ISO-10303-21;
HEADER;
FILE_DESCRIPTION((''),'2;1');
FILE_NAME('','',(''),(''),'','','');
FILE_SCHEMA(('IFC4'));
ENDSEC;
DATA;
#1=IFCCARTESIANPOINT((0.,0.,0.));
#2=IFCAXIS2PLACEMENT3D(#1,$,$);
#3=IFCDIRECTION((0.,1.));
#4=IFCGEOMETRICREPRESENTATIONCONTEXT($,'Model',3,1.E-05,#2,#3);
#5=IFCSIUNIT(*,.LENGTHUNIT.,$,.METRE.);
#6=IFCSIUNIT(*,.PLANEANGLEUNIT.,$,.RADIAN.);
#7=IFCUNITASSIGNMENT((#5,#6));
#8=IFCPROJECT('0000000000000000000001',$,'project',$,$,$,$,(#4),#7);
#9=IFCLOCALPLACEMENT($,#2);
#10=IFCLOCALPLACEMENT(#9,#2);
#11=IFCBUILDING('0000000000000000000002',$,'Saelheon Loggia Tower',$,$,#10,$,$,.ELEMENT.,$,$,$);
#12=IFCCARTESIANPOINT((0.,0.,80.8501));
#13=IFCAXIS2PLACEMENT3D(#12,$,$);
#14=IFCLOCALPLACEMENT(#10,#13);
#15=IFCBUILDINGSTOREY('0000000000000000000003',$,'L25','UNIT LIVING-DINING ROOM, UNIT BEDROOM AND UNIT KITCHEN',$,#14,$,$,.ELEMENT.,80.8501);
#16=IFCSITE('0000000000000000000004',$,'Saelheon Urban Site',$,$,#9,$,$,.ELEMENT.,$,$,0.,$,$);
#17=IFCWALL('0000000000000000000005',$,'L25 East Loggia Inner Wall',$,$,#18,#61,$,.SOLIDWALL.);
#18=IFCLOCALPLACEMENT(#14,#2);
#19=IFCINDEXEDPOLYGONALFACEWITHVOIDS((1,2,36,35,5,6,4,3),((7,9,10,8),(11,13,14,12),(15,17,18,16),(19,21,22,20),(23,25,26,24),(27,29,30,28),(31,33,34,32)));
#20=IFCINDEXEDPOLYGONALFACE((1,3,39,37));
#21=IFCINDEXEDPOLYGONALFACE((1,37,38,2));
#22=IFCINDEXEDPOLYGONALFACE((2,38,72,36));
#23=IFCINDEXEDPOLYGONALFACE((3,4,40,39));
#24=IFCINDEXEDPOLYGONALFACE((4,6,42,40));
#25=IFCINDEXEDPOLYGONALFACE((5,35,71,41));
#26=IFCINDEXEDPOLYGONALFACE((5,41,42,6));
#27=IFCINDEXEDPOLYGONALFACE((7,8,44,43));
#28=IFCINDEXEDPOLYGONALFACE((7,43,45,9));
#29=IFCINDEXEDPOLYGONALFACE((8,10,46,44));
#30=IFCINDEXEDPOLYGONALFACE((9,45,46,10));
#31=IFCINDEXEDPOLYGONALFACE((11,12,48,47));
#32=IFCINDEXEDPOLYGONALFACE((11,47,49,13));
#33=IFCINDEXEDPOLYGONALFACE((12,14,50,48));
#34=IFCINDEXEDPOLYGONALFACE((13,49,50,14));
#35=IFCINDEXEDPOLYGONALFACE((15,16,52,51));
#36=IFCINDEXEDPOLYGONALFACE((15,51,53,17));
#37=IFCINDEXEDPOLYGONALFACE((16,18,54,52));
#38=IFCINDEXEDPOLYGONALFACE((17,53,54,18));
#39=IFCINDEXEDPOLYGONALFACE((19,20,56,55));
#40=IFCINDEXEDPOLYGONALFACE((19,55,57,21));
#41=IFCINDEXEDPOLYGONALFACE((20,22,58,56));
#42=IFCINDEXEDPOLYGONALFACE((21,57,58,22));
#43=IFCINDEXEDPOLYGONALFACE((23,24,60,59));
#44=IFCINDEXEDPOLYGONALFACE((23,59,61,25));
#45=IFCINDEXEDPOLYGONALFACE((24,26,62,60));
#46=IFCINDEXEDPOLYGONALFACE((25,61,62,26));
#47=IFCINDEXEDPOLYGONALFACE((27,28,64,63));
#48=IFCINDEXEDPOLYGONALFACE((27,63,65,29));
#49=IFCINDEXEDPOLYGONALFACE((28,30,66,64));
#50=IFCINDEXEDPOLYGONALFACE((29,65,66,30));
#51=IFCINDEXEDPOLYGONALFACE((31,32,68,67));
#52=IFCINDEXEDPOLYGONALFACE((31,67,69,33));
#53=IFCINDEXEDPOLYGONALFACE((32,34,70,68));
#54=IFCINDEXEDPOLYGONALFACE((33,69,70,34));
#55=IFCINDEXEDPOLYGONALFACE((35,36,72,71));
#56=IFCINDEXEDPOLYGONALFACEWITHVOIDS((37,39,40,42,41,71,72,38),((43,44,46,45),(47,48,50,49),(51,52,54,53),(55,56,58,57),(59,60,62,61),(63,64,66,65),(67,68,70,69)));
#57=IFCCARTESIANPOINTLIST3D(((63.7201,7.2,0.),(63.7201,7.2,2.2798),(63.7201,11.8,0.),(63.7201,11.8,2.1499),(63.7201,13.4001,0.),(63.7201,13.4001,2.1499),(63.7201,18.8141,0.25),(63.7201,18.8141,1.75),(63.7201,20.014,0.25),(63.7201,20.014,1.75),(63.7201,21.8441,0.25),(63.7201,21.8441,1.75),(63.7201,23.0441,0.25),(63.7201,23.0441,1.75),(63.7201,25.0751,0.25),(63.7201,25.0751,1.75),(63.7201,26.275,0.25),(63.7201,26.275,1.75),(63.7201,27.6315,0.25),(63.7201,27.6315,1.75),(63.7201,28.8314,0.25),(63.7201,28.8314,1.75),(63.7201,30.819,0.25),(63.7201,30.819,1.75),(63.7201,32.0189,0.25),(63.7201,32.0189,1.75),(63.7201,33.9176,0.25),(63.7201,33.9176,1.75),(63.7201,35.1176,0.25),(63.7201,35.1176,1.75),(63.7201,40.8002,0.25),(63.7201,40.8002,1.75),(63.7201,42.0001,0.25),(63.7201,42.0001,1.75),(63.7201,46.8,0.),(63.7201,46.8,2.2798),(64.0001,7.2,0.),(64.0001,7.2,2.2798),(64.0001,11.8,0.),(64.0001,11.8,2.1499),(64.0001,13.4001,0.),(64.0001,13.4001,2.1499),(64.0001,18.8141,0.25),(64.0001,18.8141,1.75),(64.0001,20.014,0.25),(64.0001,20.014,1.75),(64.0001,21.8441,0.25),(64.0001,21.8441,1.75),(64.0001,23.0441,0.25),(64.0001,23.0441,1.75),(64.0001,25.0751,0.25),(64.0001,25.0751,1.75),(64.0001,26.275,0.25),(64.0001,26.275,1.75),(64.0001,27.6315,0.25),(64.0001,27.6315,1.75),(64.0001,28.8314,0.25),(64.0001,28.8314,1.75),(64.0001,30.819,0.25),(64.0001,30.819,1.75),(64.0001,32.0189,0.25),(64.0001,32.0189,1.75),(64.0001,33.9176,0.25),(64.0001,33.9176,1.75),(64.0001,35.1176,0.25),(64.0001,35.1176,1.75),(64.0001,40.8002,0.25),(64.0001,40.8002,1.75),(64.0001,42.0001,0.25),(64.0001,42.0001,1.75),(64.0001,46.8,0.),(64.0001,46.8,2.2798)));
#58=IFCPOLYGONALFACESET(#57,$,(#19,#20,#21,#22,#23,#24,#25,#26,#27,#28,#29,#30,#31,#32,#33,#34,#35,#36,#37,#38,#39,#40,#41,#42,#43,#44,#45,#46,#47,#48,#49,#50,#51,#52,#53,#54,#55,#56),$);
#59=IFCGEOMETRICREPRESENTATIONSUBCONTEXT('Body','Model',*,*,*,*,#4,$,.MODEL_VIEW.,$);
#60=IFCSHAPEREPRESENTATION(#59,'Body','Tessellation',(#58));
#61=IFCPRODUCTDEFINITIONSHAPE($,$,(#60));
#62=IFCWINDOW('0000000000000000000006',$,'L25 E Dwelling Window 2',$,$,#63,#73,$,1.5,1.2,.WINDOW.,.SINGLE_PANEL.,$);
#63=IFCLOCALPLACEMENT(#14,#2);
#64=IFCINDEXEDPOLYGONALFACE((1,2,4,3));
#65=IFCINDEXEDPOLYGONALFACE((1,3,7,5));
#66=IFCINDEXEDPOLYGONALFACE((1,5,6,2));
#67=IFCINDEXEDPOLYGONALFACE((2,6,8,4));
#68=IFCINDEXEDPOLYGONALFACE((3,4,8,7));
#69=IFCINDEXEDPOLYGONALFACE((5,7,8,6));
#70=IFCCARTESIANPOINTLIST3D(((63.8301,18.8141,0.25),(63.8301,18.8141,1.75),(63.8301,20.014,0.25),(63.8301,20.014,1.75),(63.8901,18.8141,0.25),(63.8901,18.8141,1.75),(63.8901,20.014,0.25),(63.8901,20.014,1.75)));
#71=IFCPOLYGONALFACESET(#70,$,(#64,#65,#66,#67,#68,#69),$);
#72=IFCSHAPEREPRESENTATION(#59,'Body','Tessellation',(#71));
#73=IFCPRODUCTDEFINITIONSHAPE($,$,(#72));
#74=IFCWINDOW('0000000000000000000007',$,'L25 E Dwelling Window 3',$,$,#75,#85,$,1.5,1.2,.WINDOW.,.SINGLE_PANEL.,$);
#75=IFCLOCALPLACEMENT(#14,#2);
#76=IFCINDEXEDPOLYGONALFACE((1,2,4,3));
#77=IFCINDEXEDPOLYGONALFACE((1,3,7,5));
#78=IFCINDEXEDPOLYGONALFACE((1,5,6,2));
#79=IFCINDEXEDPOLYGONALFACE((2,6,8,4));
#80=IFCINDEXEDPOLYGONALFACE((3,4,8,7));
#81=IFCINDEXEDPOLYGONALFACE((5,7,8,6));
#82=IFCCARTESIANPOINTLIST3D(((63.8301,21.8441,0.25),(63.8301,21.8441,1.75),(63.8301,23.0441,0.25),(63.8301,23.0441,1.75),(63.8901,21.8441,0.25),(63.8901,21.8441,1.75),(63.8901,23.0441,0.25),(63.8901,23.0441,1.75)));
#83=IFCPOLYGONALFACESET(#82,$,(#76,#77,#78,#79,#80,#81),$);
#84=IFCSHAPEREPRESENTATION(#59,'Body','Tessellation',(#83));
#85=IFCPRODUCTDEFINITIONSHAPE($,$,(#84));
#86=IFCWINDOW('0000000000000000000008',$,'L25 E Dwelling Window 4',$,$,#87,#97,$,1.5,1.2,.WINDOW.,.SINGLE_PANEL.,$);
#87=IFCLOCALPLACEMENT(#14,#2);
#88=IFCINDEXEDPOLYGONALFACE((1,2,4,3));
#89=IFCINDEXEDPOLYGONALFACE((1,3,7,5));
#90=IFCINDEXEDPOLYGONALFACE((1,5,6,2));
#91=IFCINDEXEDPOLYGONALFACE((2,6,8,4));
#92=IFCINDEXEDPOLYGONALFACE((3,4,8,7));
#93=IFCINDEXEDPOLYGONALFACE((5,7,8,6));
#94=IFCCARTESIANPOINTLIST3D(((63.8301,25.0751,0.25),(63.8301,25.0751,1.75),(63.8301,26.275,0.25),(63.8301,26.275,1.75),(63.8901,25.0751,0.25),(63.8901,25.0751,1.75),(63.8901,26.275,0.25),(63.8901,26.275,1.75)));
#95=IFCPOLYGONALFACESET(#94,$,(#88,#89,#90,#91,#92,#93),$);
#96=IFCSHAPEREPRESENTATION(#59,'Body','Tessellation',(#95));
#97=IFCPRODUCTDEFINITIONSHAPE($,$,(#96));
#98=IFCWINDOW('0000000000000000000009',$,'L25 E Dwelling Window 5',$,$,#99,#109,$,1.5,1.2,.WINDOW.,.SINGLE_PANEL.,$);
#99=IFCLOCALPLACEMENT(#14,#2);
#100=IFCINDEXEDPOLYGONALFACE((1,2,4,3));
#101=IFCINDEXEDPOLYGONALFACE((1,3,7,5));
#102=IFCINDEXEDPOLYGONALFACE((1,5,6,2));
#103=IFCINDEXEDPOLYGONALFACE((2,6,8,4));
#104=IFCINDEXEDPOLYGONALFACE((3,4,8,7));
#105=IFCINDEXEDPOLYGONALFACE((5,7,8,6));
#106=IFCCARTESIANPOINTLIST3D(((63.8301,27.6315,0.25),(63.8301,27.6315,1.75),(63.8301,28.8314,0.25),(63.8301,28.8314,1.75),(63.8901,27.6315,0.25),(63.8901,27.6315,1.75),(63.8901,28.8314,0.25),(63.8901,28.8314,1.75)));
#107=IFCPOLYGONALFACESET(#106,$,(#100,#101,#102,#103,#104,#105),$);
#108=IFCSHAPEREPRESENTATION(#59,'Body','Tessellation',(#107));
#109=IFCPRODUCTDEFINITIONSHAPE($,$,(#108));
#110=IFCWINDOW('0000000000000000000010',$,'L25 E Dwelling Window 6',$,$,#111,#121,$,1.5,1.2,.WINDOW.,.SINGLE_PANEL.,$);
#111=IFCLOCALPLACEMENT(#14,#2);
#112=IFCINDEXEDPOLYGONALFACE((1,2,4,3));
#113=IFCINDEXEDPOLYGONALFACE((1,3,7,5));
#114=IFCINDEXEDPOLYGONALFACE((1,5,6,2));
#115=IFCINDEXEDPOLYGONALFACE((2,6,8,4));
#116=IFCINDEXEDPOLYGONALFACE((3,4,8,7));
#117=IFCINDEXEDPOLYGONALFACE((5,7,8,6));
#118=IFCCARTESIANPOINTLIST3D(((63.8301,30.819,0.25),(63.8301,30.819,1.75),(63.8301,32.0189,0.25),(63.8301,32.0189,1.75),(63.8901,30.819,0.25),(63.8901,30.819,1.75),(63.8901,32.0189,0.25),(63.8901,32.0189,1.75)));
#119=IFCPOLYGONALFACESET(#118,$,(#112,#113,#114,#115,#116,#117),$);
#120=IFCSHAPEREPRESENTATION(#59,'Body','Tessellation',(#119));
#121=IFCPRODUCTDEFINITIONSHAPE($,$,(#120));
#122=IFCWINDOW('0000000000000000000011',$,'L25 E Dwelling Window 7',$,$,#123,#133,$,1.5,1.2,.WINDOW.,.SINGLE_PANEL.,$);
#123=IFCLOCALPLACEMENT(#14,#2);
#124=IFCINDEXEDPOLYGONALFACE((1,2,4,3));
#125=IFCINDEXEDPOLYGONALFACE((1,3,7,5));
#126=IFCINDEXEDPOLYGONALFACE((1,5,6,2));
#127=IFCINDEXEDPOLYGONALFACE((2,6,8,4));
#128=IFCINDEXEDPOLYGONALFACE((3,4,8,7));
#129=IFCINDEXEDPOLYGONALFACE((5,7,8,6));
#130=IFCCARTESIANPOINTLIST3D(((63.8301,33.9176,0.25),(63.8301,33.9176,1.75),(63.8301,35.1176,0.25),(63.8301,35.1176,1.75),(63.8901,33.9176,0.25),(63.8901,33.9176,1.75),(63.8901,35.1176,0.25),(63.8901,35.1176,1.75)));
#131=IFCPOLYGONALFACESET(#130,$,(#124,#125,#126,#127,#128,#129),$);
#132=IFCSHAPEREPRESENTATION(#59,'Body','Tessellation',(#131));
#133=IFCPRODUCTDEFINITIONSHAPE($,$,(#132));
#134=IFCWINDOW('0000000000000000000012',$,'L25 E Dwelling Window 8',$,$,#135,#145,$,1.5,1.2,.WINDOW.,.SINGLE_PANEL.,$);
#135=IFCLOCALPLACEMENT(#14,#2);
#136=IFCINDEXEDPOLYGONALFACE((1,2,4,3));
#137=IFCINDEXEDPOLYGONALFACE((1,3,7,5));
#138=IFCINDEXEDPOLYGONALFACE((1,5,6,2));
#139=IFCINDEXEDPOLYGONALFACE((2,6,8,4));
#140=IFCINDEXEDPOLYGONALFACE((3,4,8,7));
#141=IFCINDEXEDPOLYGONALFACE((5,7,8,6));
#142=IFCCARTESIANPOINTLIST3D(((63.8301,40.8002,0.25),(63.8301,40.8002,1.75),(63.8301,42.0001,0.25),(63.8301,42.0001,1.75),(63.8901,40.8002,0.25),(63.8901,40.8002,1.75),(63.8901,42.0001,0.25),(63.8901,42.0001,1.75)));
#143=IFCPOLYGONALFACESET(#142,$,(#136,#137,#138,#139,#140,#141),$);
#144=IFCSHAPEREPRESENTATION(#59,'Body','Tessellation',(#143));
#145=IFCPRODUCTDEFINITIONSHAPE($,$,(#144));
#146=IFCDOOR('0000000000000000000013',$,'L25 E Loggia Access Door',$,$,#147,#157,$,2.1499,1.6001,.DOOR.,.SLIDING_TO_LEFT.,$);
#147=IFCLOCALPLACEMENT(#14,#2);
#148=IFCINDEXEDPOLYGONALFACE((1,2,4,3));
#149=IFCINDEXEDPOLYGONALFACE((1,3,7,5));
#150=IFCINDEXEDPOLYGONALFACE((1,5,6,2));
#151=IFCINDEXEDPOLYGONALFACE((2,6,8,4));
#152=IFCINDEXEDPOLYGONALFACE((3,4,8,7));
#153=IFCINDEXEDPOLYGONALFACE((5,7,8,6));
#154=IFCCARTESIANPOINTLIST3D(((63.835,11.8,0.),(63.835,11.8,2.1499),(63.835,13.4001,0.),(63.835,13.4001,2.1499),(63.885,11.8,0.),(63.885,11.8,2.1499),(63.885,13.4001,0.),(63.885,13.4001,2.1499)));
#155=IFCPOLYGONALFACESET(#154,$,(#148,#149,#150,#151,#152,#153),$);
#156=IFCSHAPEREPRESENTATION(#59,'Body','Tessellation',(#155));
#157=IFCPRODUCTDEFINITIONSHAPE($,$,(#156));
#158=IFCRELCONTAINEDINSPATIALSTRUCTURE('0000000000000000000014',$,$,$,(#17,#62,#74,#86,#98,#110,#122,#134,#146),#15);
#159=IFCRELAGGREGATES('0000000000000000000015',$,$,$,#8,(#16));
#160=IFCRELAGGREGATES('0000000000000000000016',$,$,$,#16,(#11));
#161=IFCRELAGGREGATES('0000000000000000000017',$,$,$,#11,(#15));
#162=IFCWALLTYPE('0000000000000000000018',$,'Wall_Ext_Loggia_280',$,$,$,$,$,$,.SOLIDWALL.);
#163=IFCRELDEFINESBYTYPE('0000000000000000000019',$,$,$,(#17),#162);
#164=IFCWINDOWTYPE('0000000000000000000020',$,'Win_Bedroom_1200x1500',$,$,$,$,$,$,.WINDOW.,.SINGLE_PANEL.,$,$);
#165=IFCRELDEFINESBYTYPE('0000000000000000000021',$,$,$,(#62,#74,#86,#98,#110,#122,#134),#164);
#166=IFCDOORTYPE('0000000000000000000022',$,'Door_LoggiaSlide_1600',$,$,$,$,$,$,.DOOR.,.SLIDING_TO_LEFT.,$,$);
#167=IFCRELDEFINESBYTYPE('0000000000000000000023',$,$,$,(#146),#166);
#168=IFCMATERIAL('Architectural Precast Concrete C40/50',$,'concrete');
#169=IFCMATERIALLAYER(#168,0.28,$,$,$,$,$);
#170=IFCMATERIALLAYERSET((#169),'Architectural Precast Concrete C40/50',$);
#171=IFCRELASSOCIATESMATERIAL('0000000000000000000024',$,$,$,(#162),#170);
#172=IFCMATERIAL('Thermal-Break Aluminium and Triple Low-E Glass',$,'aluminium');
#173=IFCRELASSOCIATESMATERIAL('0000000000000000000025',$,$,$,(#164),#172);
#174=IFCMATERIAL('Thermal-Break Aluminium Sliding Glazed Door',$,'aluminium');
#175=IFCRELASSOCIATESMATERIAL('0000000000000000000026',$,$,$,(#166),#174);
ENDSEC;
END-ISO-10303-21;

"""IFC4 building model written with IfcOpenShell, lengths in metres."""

from ifc_helpers import new_model, si_unit, direction, frame, frame_2d, origin, place, context, subcontext, project, spatial, rectangle, extrude, source, transform, mapped, material, layer, layer_set, type_object, element, fill, save


model = new_model("IFC4")

# Units and contexts
model_context = context("Model", 3, precision=1e-05, world=origin(), true_north=direction((0.0, 1.0)))
body_context = subcontext(model_context, "Body", "Model", "MODEL_VIEW")
ifc_project = project(units=[si_unit("LENGTHUNIT", "METRE"), si_unit("PLANEANGLEUNIT", "RADIAN")], contexts=[model_context])

# Site, building, storey
site_placement = place(None, origin())
site = spatial("IfcSite", under=ifc_project, at=site_placement, Name="Saelheon Urban Site", CompositionType="ELEMENT", RefElevation=0.0)
building_placement = place(site_placement, origin())
building = spatial("IfcBuilding", under=site, at=building_placement, Name="Saelheon Loggia Tower", CompositionType="ELEMENT")
storey_placement = place(building_placement, frame((0.0, 0.0, 80.8501)))
storey = spatial("IfcBuildingStorey", under=building, at=storey_placement, Name="L25", Description="UNIT LIVING-DINING ROOM, UNIT BEDROOM AND UNIT KITCHEN", CompositionType="ELEMENT", Elevation=80.8501)

# Shared definitions
ifc_material_1 = material(Name="Thermal-Break Aluminium and Triple Low-E Glass", Category="aluminium")

# Wall, openings, windows, door
ifc_material_2 = material(Name="Architectural Precast Concrete C40/50", Category="concrete")
ifc_layer_1 = layer(ifc_material_2, 0.28)
ifc_layer_set_1 = layer_set([ifc_layer_1], Name="Architectural Precast Concrete C40/50")
wall_type_1 = type_object("IfcWallType", Name="Wall_Ext_Loggia_280", PredefinedType="SOLIDWALL", material=ifc_layer_set_1)
wall_1_placement = place(storey_placement, frame((63.8601, 7.2, 0.0), z_axis=(0.0, 0.0, 1.0), x_axis=(0.0, 1.0, 0.0)))
wall_1 = element("IfcWall", 1, at=wall_1_placement, inside=storey, type_object=wall_type_1, Name="L25 East Loggia Inner Wall", PredefinedType="SOLIDWALL", context=body_context, shape_type="SweptSolid", body=[
    extrude(rectangle(XDim=39.6001, YDim=0.28, at=frame_2d((19.8, 0.0))), origin(), (0.0, 0.0, 1.0), 2.2798),
])
opening_1_placement = place(wall_1_placement, frame((6.2002, 0.0, 0.0), z_axis=(0.0, 0.0, 1.0), x_axis=(-1.0, 0.0, 0.0)))
opening_1 = element("IfcOpeningElement", 2, at=opening_1_placement, cuts=wall_1, PredefinedType="OPENING", context=body_context, shape_type="SweptSolid", body=[
    extrude(rectangle(XDim=1.6001, YDim=2.1499, at=frame_2d((0.8, 1.075))), frame((0.0, 0.1521, 0.0), z_axis=(0.0, -1.0, 0.0), x_axis=(1.0, 0.0, 0.0)), (0.0, 0.0, 1.0), 0.304),
])
opening_2_placement = place(wall_1_placement, frame((11.614, 0.0, 0.25)))
opening_2 = element("IfcOpeningElement", 3, at=opening_2_placement, cuts=wall_1, PredefinedType="OPENING", context=body_context, shape_type="SweptSolid", body=[
    extrude(rectangle(XDim=1.2, YDim=1.5, at=frame_2d((0.6001, 0.75))), frame((0.0, 0.1521, 0.0), z_axis=(0.0, -1.0, 0.0), x_axis=(1.0, 0.0, 0.0)), (0.0, 0.0, 1.0), 0.304),
])
opening_3_placement = place(wall_1_placement, frame((14.644, 0.0, 0.25)))
opening_3 = element("IfcOpeningElement", 4, at=opening_3_placement, cuts=wall_1, PredefinedType="OPENING", context=body_context, shape_type="SweptSolid", body=[
    extrude(rectangle(XDim=1.2, YDim=1.5, at=frame_2d((0.6001, 0.75))), frame((0.0, 0.1521, 0.0), z_axis=(0.0, -1.0, 0.0), x_axis=(1.0, 0.0, 0.0)), (0.0, 0.0, 1.0), 0.304),
])
opening_4_placement = place(wall_1_placement, frame((17.875, 0.0, 0.25)))
opening_4 = element("IfcOpeningElement", 5, at=opening_4_placement, cuts=wall_1, PredefinedType="OPENING", context=body_context, shape_type="SweptSolid", body=[
    extrude(rectangle(XDim=1.2, YDim=1.5, at=frame_2d((0.6001, 0.75))), frame((0.0, 0.1521, 0.0), z_axis=(0.0, -1.0, 0.0), x_axis=(1.0, 0.0, 0.0)), (0.0, 0.0, 1.0), 0.304),
])
opening_5_placement = place(wall_1_placement, frame((20.4314, 0.0, 0.25)))
opening_5 = element("IfcOpeningElement", 6, at=opening_5_placement, cuts=wall_1, PredefinedType="OPENING", context=body_context, shape_type="SweptSolid", body=[
    extrude(rectangle(XDim=1.2, YDim=1.5, at=frame_2d((0.6001, 0.75))), frame((0.0, 0.1521, 0.0), z_axis=(0.0, -1.0, 0.0), x_axis=(1.0, 0.0, 0.0)), (0.0, 0.0, 1.0), 0.304),
])
opening_6_placement = place(wall_1_placement, frame((23.6189, 0.0, 0.25)))
opening_6 = element("IfcOpeningElement", 7, at=opening_6_placement, cuts=wall_1, PredefinedType="OPENING", context=body_context, shape_type="SweptSolid", body=[
    extrude(rectangle(XDim=1.2, YDim=1.5, at=frame_2d((0.6001, 0.75))), frame((0.0, 0.1521, 0.0), z_axis=(0.0, -1.0, 0.0), x_axis=(1.0, 0.0, 0.0)), (0.0, 0.0, 1.0), 0.304),
])
opening_7_placement = place(wall_1_placement, frame((26.7175, 0.0, 0.25)))
opening_7 = element("IfcOpeningElement", 8, at=opening_7_placement, cuts=wall_1, PredefinedType="OPENING", context=body_context, shape_type="SweptSolid", body=[
    extrude(rectangle(XDim=1.2, YDim=1.5, at=frame_2d((0.6001, 0.75))), frame((0.0, 0.1521, 0.0), z_axis=(0.0, -1.0, 0.0), x_axis=(1.0, 0.0, 0.0)), (0.0, 0.0, 1.0), 0.304),
])
opening_8_placement = place(wall_1_placement, frame((33.6001, 0.0, 0.25)))
opening_8 = element("IfcOpeningElement", 9, at=opening_8_placement, cuts=wall_1, PredefinedType="OPENING", context=body_context, shape_type="SweptSolid", body=[
    extrude(rectangle(XDim=1.2, YDim=1.5, at=frame_2d((0.6001, 0.75))), frame((0.0, 0.1521, 0.0), z_axis=(0.0, -1.0, 0.0), x_axis=(1.0, 0.0, 0.0)), (0.0, 0.0, 1.0), 0.304),
])
window_type = type_object("IfcWindowType", Name="Win_Bedroom_1200x1500", PartitioningType="SINGLE_PANEL", PredefinedType="WINDOW", material=ifc_material_1)
shared_shape_1 = source(origin(), body_context, "Body", "SweptSolid", [
    extrude(rectangle(XDim=1.2, YDim=1.5, at=frame_2d((0.6001, 0.75))), frame((0.0, 0.03, 0.0), z_axis=(0.0, -1.0, 0.0), x_axis=(1.0, 0.0, 0.0)), (0.0, 0.0, 1.0), 0.0601),
])
window_1_placement = place(opening_2_placement, origin())
window_1 = element("IfcWindow", 10, at=window_1_placement, inside=storey, type_object=window_type, Name="L25 E Dwelling Window 2", OverallHeight=1.5, OverallWidth=1.2, PartitioningType="SINGLE_PANEL", PredefinedType="WINDOW", context=body_context, shape_type="MappedRepresentation", body=[
    mapped(shared_shape_1, transform((0.0, 0.0, 0.0), scale=1.0)),
])
fill(opening_2, window_1)
window_2_placement = place(opening_3_placement, origin())
window_2 = element("IfcWindow", 11, at=window_2_placement, inside=storey, type_object=window_type, Name="L25 E Dwelling Window 3", OverallHeight=1.5, OverallWidth=1.2, PartitioningType="SINGLE_PANEL", PredefinedType="WINDOW", context=body_context, shape_type="MappedRepresentation", body=[
    mapped(shared_shape_1, transform((0.0, 0.0, 0.0), scale=1.0)),
])
fill(opening_3, window_2)
window_3_placement = place(opening_4_placement, origin())
window_3 = element("IfcWindow", 12, at=window_3_placement, inside=storey, type_object=window_type, Name="L25 E Dwelling Window 4", OverallHeight=1.5, OverallWidth=1.2, PartitioningType="SINGLE_PANEL", PredefinedType="WINDOW", context=body_context, shape_type="MappedRepresentation", body=[
    mapped(shared_shape_1, transform((0.0, 0.0, 0.0), scale=1.0)),
])
fill(opening_4, window_3)
window_4_placement = place(opening_5_placement, origin())
window_4 = element("IfcWindow", 13, at=window_4_placement, inside=storey, type_object=window_type, Name="L25 E Dwelling Window 5", OverallHeight=1.5, OverallWidth=1.2, PartitioningType="SINGLE_PANEL", PredefinedType="WINDOW", context=body_context, shape_type="MappedRepresentation", body=[
    mapped(shared_shape_1, transform((0.0, 0.0, 0.0), scale=1.0)),
])
fill(opening_5, window_4)
window_5_placement = place(opening_6_placement, origin())
window_5 = element("IfcWindow", 14, at=window_5_placement, inside=storey, type_object=window_type, Name="L25 E Dwelling Window 6", OverallHeight=1.5, OverallWidth=1.2, PartitioningType="SINGLE_PANEL", PredefinedType="WINDOW", context=body_context, shape_type="MappedRepresentation", body=[
    mapped(shared_shape_1, transform((0.0, 0.0, 0.0), scale=1.0)),
])
fill(opening_6, window_5)
window_6_placement = place(opening_7_placement, origin())
window_6 = element("IfcWindow", 15, at=window_6_placement, inside=storey, type_object=window_type, Name="L25 E Dwelling Window 7", OverallHeight=1.5, OverallWidth=1.2, PartitioningType="SINGLE_PANEL", PredefinedType="WINDOW", context=body_context, shape_type="MappedRepresentation", body=[
    mapped(shared_shape_1, transform((0.0, 0.0, 0.0), scale=1.0)),
])
fill(opening_7, window_6)
window_7_placement = place(opening_8_placement, origin())
window_7 = element("IfcWindow", 16, at=window_7_placement, inside=storey, type_object=window_type, Name="L25 E Dwelling Window 8", OverallHeight=1.5, OverallWidth=1.2, PartitioningType="SINGLE_PANEL", PredefinedType="WINDOW", context=body_context, shape_type="MappedRepresentation", body=[
    mapped(shared_shape_1, transform((0.0, 0.0, 0.0), scale=1.0)),
])
fill(opening_8, window_7)
ifc_material_3 = material(Name="Thermal-Break Aluminium Sliding Glazed Door", Category="aluminium")
door_type_1 = type_object("IfcDoorType", Name="Door_LoggiaSlide_1600", OperationType="SLIDING_TO_LEFT", PredefinedType="DOOR", material=ifc_material_3)
shared_shape_2 = source(origin(), body_context, "Body", "SweptSolid", [
    extrude(rectangle(XDim=1.6001, YDim=2.1499, at=frame_2d((0.8, 1.075))), frame((0.0, 0.0249, 0.0), z_axis=(0.0, -1.0, 0.0), x_axis=(1.0, 0.0, 0.0)), (0.0, 0.0, 1.0), 0.05),
])
door_1_placement = place(opening_1_placement, origin())
door_1 = element("IfcDoor", 17, at=door_1_placement, inside=storey, type_object=door_type_1, Name="L25 E Loggia Access Door", OperationType="SLIDING_TO_LEFT", OverallHeight=2.1499, OverallWidth=1.6001, PredefinedType="DOOR", context=body_context, shape_type="MappedRepresentation", body=[
    mapped(shared_shape_2, transform((0.0, 0.0, 0.0), scale=1.0)),
])
fill(opening_1, door_1)

save(model, "model.ifc")
